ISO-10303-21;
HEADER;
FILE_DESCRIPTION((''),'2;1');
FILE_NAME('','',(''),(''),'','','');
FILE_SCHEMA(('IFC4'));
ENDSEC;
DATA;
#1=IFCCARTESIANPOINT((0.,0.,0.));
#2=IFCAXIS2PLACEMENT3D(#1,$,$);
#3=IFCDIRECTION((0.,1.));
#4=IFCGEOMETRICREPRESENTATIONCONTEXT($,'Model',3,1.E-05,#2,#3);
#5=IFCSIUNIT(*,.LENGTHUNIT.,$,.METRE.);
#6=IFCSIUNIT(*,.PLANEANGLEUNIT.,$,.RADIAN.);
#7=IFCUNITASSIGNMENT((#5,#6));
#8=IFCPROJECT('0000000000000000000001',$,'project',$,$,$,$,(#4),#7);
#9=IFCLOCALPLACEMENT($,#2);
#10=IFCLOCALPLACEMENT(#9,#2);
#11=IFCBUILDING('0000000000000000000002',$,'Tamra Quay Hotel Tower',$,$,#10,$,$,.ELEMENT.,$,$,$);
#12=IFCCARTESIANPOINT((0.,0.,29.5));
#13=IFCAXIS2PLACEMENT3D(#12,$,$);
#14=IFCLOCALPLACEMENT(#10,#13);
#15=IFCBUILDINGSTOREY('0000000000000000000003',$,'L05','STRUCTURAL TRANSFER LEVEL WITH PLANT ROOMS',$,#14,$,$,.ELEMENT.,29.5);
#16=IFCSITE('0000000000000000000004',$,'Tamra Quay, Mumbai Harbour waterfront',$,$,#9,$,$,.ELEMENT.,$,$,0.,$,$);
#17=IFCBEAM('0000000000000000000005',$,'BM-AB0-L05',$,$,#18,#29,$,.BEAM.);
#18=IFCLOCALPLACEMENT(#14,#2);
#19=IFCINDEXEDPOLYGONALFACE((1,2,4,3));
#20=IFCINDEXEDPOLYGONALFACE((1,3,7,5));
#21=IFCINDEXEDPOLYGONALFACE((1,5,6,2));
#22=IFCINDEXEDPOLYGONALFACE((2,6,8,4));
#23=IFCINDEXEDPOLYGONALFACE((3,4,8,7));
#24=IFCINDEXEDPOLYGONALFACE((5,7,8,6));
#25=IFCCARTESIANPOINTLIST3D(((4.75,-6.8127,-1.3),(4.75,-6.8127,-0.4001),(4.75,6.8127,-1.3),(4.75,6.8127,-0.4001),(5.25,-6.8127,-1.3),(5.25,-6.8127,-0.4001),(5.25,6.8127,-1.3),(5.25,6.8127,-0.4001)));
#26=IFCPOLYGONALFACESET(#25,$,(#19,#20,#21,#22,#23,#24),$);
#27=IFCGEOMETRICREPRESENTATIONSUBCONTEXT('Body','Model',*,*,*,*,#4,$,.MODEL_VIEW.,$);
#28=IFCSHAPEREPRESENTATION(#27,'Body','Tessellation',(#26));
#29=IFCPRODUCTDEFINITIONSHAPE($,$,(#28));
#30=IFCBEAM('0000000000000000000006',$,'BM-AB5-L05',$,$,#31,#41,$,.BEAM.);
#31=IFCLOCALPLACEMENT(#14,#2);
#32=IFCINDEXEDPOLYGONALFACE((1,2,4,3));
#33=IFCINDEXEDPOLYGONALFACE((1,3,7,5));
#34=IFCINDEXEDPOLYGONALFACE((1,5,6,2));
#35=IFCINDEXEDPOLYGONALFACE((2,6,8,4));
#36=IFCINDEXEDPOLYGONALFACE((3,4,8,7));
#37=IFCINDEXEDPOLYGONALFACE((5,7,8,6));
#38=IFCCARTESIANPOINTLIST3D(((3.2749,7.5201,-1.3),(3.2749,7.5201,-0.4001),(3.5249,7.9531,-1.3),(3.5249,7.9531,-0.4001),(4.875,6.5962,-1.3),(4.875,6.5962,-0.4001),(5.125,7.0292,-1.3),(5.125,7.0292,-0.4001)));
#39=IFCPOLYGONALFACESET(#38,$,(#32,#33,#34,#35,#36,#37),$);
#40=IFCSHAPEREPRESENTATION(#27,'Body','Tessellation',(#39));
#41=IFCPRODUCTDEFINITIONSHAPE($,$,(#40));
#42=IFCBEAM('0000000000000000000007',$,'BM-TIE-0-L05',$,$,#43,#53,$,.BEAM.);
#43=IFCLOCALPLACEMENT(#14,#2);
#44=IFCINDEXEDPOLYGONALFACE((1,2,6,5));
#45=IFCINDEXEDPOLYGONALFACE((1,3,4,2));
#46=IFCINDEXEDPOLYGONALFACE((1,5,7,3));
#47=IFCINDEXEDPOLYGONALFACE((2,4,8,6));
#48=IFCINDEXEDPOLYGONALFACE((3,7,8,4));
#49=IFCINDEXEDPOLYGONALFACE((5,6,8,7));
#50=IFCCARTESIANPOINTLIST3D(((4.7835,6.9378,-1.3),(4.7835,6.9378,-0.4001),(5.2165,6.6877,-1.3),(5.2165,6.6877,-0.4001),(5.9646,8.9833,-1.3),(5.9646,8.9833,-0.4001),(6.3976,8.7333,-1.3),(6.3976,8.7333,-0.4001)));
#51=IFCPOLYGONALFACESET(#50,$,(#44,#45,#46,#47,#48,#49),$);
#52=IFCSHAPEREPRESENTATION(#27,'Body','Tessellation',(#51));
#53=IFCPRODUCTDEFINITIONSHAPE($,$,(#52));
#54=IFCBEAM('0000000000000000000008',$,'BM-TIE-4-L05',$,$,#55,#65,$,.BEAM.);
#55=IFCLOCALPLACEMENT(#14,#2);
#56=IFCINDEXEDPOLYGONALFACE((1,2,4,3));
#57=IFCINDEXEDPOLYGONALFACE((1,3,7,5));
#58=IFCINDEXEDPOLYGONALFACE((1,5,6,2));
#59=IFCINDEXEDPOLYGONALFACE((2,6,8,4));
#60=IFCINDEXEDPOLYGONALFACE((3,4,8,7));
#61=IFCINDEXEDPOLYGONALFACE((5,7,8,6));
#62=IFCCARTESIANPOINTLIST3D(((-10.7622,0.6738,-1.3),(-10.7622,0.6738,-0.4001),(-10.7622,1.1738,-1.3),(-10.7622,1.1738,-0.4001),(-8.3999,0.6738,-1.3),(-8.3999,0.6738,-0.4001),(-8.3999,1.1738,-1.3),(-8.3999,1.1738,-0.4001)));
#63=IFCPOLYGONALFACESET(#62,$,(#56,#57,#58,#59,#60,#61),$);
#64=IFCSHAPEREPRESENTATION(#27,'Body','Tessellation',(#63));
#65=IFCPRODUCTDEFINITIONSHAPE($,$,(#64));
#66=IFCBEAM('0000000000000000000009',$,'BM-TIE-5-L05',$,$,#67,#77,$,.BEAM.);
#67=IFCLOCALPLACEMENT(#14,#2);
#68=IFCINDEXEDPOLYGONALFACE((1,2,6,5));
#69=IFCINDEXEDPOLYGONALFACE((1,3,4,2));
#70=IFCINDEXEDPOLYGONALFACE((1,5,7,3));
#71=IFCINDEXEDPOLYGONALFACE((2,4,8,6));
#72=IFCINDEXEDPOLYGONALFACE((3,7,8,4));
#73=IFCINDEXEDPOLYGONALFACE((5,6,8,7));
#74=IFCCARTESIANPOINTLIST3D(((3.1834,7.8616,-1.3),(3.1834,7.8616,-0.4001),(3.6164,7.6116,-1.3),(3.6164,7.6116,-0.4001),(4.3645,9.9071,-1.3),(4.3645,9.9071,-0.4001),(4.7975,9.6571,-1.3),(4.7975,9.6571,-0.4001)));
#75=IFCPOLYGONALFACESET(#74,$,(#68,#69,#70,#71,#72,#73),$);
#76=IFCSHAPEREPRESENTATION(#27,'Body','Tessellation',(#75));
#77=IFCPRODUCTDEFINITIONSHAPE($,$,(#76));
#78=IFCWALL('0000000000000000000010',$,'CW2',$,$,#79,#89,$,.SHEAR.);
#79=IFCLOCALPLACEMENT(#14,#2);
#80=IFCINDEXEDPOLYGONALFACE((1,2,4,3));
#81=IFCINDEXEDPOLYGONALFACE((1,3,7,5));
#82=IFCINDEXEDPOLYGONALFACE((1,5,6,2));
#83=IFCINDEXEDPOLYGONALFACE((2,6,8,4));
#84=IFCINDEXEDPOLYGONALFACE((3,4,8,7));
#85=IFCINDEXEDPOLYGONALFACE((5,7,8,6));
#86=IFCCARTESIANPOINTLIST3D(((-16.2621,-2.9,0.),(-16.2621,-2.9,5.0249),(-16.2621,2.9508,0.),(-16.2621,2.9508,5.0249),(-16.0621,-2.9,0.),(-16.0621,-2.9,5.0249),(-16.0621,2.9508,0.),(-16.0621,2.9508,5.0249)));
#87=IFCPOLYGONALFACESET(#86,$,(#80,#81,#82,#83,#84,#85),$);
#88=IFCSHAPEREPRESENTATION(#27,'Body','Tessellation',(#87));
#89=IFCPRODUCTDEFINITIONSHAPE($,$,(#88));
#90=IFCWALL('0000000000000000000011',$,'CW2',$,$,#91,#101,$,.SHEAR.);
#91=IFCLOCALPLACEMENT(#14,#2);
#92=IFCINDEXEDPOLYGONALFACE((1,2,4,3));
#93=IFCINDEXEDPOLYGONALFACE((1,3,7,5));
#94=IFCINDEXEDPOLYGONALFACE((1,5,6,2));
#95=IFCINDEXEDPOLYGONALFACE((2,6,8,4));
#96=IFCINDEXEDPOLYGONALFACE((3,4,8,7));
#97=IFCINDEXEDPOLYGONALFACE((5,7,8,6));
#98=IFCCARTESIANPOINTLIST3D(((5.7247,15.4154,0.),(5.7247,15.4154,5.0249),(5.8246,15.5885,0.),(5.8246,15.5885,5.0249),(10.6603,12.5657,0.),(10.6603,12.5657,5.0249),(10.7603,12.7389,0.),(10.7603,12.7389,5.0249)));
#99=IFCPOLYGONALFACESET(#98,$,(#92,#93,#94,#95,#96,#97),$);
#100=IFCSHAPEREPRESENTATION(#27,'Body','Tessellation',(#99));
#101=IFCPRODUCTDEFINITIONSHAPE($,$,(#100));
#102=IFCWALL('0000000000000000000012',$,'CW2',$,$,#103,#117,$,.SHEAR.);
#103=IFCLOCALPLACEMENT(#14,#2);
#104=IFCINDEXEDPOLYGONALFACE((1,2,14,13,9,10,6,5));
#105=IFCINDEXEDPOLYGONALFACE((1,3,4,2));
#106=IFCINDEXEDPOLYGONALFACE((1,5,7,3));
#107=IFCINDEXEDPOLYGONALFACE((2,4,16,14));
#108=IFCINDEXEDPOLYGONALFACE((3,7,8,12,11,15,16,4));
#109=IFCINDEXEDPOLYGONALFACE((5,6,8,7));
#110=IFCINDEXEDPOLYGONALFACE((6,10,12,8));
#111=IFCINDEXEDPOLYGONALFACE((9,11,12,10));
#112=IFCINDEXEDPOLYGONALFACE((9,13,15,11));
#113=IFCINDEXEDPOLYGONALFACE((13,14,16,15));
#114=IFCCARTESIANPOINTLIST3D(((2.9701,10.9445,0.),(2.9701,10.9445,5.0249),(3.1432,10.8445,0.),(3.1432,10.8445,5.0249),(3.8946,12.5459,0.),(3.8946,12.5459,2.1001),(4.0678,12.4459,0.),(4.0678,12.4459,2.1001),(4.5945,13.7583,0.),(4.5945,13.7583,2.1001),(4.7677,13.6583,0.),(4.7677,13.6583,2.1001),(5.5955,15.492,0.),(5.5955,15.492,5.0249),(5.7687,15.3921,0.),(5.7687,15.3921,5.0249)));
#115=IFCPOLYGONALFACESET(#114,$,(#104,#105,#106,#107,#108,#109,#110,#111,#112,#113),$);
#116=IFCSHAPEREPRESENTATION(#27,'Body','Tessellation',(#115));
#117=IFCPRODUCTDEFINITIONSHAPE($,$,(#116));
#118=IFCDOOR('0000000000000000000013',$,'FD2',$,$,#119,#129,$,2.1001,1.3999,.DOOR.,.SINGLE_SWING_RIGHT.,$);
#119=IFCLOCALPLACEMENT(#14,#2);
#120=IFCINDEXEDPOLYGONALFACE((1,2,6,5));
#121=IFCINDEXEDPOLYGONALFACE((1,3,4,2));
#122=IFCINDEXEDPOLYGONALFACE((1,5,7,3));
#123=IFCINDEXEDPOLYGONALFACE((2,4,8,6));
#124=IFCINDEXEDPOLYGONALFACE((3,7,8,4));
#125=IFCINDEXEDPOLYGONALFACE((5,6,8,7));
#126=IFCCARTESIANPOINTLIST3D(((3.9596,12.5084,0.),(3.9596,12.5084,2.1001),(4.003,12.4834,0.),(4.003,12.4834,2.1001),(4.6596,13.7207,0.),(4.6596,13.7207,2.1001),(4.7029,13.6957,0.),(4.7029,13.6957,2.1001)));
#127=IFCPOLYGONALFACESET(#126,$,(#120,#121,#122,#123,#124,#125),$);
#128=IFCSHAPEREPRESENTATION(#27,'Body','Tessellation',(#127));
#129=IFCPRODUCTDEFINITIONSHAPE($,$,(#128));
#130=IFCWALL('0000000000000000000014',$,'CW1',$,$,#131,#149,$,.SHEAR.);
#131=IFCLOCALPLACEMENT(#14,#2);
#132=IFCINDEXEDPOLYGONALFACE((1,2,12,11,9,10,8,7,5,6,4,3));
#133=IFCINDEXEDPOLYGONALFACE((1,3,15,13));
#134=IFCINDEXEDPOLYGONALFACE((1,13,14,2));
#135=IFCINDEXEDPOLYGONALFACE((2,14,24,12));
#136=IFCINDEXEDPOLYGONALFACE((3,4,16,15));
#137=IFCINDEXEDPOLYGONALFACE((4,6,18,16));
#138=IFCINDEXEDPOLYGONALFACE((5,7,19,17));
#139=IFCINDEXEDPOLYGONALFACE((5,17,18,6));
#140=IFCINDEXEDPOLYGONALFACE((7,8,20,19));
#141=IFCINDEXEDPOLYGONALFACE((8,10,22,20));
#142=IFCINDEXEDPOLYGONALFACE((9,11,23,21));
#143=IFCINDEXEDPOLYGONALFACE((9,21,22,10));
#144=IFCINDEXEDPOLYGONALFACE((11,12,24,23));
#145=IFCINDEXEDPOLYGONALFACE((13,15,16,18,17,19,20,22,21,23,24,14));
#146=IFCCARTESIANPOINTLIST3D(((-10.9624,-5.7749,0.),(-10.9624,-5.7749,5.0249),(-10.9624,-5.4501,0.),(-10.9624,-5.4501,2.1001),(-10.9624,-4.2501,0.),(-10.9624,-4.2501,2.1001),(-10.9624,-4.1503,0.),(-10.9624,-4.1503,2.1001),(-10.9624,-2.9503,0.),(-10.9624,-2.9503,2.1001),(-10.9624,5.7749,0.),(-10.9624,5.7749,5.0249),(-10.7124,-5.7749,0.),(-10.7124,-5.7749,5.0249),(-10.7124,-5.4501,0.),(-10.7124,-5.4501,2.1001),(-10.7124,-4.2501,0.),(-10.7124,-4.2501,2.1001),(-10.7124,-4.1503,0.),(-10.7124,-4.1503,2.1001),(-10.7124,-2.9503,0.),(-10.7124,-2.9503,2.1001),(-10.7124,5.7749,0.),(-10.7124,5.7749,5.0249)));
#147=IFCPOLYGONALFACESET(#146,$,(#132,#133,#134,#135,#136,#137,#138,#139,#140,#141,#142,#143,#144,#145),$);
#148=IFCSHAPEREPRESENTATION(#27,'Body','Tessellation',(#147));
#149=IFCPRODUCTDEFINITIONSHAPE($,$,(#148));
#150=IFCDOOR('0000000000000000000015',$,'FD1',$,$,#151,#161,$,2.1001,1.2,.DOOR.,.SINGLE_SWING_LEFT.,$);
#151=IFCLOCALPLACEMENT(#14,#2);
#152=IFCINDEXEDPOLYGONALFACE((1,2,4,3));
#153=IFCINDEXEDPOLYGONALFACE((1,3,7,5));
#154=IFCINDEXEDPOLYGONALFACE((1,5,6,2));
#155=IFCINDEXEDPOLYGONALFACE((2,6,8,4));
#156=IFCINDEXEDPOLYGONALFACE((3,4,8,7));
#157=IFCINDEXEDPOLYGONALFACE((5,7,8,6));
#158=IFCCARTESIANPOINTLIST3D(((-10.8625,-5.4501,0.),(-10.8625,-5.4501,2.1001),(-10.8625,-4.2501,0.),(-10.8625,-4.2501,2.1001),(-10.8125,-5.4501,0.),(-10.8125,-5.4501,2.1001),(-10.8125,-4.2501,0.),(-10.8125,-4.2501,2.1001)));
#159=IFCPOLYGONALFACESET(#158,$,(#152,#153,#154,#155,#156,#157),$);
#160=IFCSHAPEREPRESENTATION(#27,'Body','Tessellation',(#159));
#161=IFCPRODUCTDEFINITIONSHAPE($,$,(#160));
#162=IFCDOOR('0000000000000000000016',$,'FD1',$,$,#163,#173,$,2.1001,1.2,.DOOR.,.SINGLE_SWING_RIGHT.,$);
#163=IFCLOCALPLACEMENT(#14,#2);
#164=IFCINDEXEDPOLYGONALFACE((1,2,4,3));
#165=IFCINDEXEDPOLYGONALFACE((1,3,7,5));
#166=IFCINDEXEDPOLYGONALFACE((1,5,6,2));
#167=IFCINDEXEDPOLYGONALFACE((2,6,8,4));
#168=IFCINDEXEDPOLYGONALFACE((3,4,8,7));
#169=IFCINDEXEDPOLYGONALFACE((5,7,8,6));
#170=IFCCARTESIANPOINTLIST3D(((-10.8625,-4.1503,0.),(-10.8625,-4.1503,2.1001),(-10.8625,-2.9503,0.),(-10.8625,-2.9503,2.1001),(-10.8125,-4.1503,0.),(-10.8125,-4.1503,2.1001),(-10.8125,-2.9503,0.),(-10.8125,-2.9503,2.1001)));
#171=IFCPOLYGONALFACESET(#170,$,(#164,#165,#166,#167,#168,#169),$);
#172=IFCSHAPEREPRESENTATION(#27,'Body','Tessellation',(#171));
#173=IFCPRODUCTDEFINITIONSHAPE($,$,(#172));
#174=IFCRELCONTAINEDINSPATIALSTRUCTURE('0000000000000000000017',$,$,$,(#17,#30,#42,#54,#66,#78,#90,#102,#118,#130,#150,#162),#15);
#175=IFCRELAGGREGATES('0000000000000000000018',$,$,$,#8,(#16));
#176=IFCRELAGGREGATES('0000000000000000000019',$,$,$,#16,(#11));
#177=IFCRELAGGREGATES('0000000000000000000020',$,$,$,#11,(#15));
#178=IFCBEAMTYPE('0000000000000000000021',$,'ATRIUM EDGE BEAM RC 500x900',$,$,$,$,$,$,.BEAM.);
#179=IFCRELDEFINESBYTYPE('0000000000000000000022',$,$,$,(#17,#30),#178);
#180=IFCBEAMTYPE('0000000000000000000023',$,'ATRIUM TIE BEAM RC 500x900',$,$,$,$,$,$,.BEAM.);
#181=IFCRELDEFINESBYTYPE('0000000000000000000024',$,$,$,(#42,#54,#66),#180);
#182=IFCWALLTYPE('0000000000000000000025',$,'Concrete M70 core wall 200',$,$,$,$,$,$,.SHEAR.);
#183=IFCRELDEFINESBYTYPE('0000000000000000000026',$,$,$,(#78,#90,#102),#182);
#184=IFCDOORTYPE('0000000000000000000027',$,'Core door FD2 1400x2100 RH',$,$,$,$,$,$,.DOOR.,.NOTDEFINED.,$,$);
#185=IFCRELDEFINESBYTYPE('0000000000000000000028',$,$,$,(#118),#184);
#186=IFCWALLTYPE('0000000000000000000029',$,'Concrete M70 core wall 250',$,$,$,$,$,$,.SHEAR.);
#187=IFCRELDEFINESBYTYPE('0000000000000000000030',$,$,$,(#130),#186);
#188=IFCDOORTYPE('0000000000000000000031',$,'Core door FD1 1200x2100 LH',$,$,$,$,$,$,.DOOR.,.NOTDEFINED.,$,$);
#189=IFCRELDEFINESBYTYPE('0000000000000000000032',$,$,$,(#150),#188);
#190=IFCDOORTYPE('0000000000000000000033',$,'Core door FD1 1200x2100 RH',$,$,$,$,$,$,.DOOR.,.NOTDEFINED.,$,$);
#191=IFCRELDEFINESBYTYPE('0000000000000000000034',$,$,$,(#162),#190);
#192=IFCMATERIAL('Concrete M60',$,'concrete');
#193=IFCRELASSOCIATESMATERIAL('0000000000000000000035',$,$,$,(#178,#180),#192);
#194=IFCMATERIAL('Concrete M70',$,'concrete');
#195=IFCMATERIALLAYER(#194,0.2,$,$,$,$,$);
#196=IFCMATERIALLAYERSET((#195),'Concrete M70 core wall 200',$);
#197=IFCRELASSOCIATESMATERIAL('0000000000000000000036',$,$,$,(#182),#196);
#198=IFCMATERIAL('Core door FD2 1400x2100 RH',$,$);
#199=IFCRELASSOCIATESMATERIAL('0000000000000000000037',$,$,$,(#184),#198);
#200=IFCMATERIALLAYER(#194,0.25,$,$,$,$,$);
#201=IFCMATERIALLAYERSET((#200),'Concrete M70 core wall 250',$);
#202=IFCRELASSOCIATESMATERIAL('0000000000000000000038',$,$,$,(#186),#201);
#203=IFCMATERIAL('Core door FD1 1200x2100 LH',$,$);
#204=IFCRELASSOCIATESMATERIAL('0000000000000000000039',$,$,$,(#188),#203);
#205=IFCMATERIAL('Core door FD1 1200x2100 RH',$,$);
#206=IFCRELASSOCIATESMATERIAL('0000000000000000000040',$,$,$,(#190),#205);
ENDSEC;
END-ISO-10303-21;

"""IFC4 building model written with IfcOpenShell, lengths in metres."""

from ifc_helpers import new_model, si_unit, direction, frame, frame_2d, origin, origin_2d, place, context, subcontext, project, spatial, rectangle, extrude, material, layer, layer_set, material_profile, profile_set, type_object, element, fill, save


model = new_model("IFC4")

# Units and contexts
model_context = context("Model", 3, precision=1e-05, world=origin(), true_north=direction((0.0, 1.0)))
body_context = subcontext(model_context, "Body", "Model", "MODEL_VIEW")
ifc_project = project(units=[si_unit("LENGTHUNIT", "METRE"), si_unit("PLANEANGLEUNIT", "RADIAN")], contexts=[model_context])

# Site, building, storey
site_placement = place(None, origin())
site = spatial("IfcSite", under=ifc_project, at=site_placement, Name="Tamra Quay, Mumbai Harbour waterfront", CompositionType="ELEMENT", RefElevation=0.0)
building_placement = place(site_placement, origin())
building = spatial("IfcBuilding", under=site, at=building_placement, Name="Tamra Quay Hotel Tower", CompositionType="ELEMENT")
storey_placement = place(building_placement, frame((0.0, 0.0, 29.5)))
storey = spatial("IfcBuildingStorey", under=building, at=storey_placement, Name="L05", Description="STRUCTURAL TRANSFER LEVEL WITH PLANT ROOMS", CompositionType="ELEMENT", Elevation=29.5)

# Beams
ifc_material_1 = material(Name="Concrete M60", Category="concrete")
ifc_material_profile_1 = material_profile(ifc_material_1, rectangle(XDim=0.5, YDim=0.8999, at=origin_2d()), Name="ATRIUM EDGE BEAM RC 500x900")
ifc_profile_set_1 = profile_set([ifc_material_profile_1], Name="Concrete M60")
beam_type_1 = type_object("IfcBeamType", Name="ATRIUM EDGE BEAM RC 500x900", PredefinedType="BEAM", material=ifc_profile_set_1)
beam_1_placement = place(storey_placement, frame((5.0, 6.8127, -0.8501), z_axis=(0.0, -1.0, 0.0), x_axis=(1.0, 0.0, 0.0)))
element("IfcBeam", 1, at=beam_1_placement, inside=storey, type_object=beam_type_1, Name="BM-AB0-L05", PredefinedType="BEAM", context=body_context, shape_type="SweptSolid", body=[
    extrude(rectangle(XDim=0.5, YDim=0.8999, at=origin_2d()), origin(), (0.0, 0.0, 1.0), 13.6255),
])
beam_2_placement = place(storey_placement, frame((3.3999, 7.7366, -0.8501), z_axis=(0.866023, -0.500005, 0.0), x_axis=(0.500005, 0.866023, 0.0)))
element("IfcBeam", 2, at=beam_2_placement, inside=storey, type_object=beam_type_1, Name="BM-AB5-L05", PredefinedType="BEAM", context=body_context, shape_type="SweptSolid", body=[
    extrude(rectangle(XDim=0.5, YDim=0.8999, at=origin_2d()), origin(), (0.0, 0.0, 1.0), 1.8477),
])
ifc_material_profile_2 = material_profile(ifc_material_1, rectangle(XDim=0.5, YDim=0.8999, at=origin_2d()), Name="ATRIUM TIE BEAM RC 500x900")
ifc_profile_set_2 = profile_set([ifc_material_profile_2], Name="Concrete M60")
beam_type_2 = type_object("IfcBeamType", Name="ATRIUM TIE BEAM RC 500x900", PredefinedType="BEAM", material=ifc_profile_set_2)
beam_3_placement = place(storey_placement, frame((5.0, 6.8127, -0.8501), z_axis=(0.50003, 0.866008, 0.0), x_axis=(-0.866008, 0.50003, 0.0)))
element("IfcBeam", 3, at=beam_3_placement, inside=storey, type_object=beam_type_2, Name="BM-TIE-0-L05", PredefinedType="BEAM", context=body_context, shape_type="SweptSolid", body=[
    extrude(rectangle(XDim=0.5, YDim=0.8999, at=origin_2d()), origin(), (0.0, 0.0, 1.0), 2.3621),
])
beam_4_placement = place(storey_placement, frame((-8.3999, 0.9238, -0.8501), z_axis=(-1.0, 0.0, 0.0), x_axis=(0.0, -1.0, 0.0)))
element("IfcBeam", 4, at=beam_4_placement, inside=storey, type_object=beam_type_2, Name="BM-TIE-4-L05", PredefinedType="BEAM", context=body_context, shape_type="SweptSolid", body=[
    extrude(rectangle(XDim=0.5, YDim=0.8999, at=origin_2d()), origin(), (0.0, 0.0, 1.0), 2.3623),
])
beam_5_placement = place(storey_placement, frame((3.3999, 7.7366, -0.8501), z_axis=(0.50003, 0.866008, 0.0), x_axis=(-0.866008, 0.50003, 0.0)))
element("IfcBeam", 5, at=beam_5_placement, inside=storey, type_object=beam_type_2, Name="BM-TIE-5-L05", PredefinedType="BEAM", context=body_context, shape_type="SweptSolid", body=[
    extrude(rectangle(XDim=0.5, YDim=0.8999, at=origin_2d()), origin(), (0.0, 0.0, 1.0), 2.3621),
])

# Walls
ifc_material_2 = material(Name="Concrete M70", Category="concrete")
ifc_layer_1 = layer(ifc_material_2, 0.2)
ifc_layer_set_1 = layer_set([ifc_layer_1], Name="Concrete M70 core wall 200")
wall_type_1 = type_object("IfcWallType", Name="Concrete M70 core wall 200", PredefinedType="SHEAR", material=ifc_layer_set_1)
wall_1_placement = place(storey_placement, frame((-16.1621, 2.9507, 0.0), z_axis=(0.0, 0.0, 1.0), x_axis=(0.0, -1.0, 0.0)))
element("IfcWall", 6, at=wall_1_placement, inside=storey, type_object=wall_type_1, Name="CW2", PredefinedType="SHEAR", context=body_context, shape_type="SweptSolid", body=[
    extrude(rectangle(XDim=5.8508, YDim=0.2, at=frame_2d((2.9253, 0.0))), origin(), (0.0, 0.0, 1.0), 5.0249),
])
wall_2_placement = place(storey_placement, frame((5.7747, 15.502, 0.0), z_axis=(0.0, 0.0, 1.0), x_axis=(0.86602, -0.500009, 0.0)))
element("IfcWall", 7, at=wall_2_placement, inside=storey, type_object=wall_type_1, Name="CW2", PredefinedType="SHEAR", context=body_context, shape_type="SweptSolid", body=[
    extrude(rectangle(XDim=5.6992, YDim=0.2, at=frame_2d((2.8496, 0.0))), origin(), (0.0, 0.0, 1.0), 5.0249),
])

# Wall, opening, door
wall_3_placement = place(storey_placement, frame((3.0566, 10.8945, 0.0), z_axis=(0.0, 0.0, 1.0), x_axis=(0.499989, 0.866032, 0.0)))
wall_3 = element("IfcWall", 8, at=wall_3_placement, inside=storey, type_object=wall_type_1, Name="CW2", PredefinedType="SHEAR", context=body_context, shape_type="SweptSolid", body=[
    extrude(rectangle(XDim=5.251, YDim=0.2, at=frame_2d((2.6255, 0.0))), origin(), (0.0, 0.0, 1.0), 5.0249),
])
opening_1_placement = place(wall_3_placement, frame((1.8491, 0.0, 0.0)))
opening_1 = element("IfcOpeningElement", 9, at=opening_1_placement, cuts=wall_3, PredefinedType="OPENING", context=body_context, shape_type="SweptSolid", body=[
    extrude(rectangle(XDim=1.3999, YDim=2.1001, at=frame_2d((0.7, 1.05))), frame((0.0, 0.1099, 0.0), z_axis=(0.0, -1.0, 0.0), x_axis=(1.0, 0.0, 0.0)), (0.0, 0.0, 1.0), 0.22),
])
ifc_material_3 = material(Name="Core door FD2 1400x2100 RH")
door_type_1 = type_object("IfcDoorType", Name="Core door FD2 1400x2100 RH", OperationType="NOTDEFINED", PredefinedType="DOOR", material=ifc_material_3)
door_1_placement = place(opening_1_placement, origin())
door_1 = element("IfcDoor", 10, at=door_1_placement, inside=storey, type_object=door_type_1, Name="FD2", OperationType="SINGLE_SWING_RIGHT", OverallHeight=2.1001, OverallWidth=1.3999, PredefinedType="DOOR", context=body_context, shape_type="SweptSolid", body=[
    extrude(rectangle(XDim=1.3999, YDim=2.1001, at=frame_2d((0.7, 1.05))), frame((0.0, 0.0249, 0.0), z_axis=(0.0, -1.0, 0.0), x_axis=(1.0, 0.0, 0.0)), (0.0, 0.0, 1.0), 0.05),
])
fill(opening_1, door_1)

# Wall, openings, doors
ifc_layer_2 = layer(ifc_material_2, 0.25)
ifc_layer_set_2 = layer_set([ifc_layer_2], Name="Concrete M70 core wall 250")
wall_type_2 = type_object("IfcWallType", Name="Concrete M70 core wall 250", PredefinedType="SHEAR", material=ifc_layer_set_2)
wall_4_placement = place(storey_placement, frame((-10.8374, 5.7749, 0.0), z_axis=(0.0, 0.0, 1.0), x_axis=(0.0, -1.0, 0.0)))
wall_4 = element("IfcWall", 11, at=wall_4_placement, inside=storey, type_object=wall_type_2, Name="CW1", PredefinedType="SHEAR", context=body_context, shape_type="SweptSolid", body=[
    extrude(rectangle(XDim=11.5498, YDim=0.25, at=frame_2d((5.7749, 0.0))), origin(), (0.0, 0.0, 1.0), 5.0249),
])
opening_2_placement = place(wall_4_placement, frame((10.0249, 0.0, 0.0)))
opening_2 = element("IfcOpeningElement", 12, at=opening_2_placement, cuts=wall_4, PredefinedType="OPENING", context=body_context, shape_type="SweptSolid", body=[
    extrude(rectangle(XDim=1.2, YDim=2.1001, at=frame_2d((0.6001, 1.05))), frame((0.0, 0.135, 0.0), z_axis=(0.0, -1.0, 0.0), x_axis=(1.0, 0.0, 0.0)), (0.0, 0.0, 1.0), 0.27),
])
opening_3_placement = place(wall_4_placement, frame((8.7251, 0.0, 0.0)))
opening_3 = element("IfcOpeningElement", 13, at=opening_3_placement, cuts=wall_4, PredefinedType="OPENING", context=body_context, shape_type="SweptSolid", body=[
    extrude(rectangle(XDim=1.2, YDim=2.1001, at=frame_2d((0.6001, 1.05))), frame((0.0, 0.135, 0.0), z_axis=(0.0, -1.0, 0.0), x_axis=(1.0, 0.0, 0.0)), (0.0, 0.0, 1.0), 0.27),
])
ifc_material_4 = material(Name="Core door FD1 1200x2100 LH")
door_type_2 = type_object("IfcDoorType", Name="Core door FD1 1200x2100 LH", OperationType="NOTDEFINED", PredefinedType="DOOR", material=ifc_material_4)
door_2_placement = place(opening_2_placement, origin())
door_2 = element("IfcDoor", 14, at=door_2_placement, inside=storey, type_object=door_type_2, Name="FD1", OperationType="SINGLE_SWING_LEFT", OverallHeight=2.1001, OverallWidth=1.2, PredefinedType="DOOR", context=body_context, shape_type="SweptSolid", body=[
    extrude(rectangle(XDim=1.2, YDim=2.1001, at=frame_2d((0.6001, 1.05))), frame((0.0, 0.0249, 0.0), z_axis=(0.0, -1.0, 0.0), x_axis=(1.0, 0.0, 0.0)), (0.0, 0.0, 1.0), 0.05),
])
fill(opening_2, door_2)
ifc_material_5 = material(Name="Core door FD1 1200x2100 RH")
door_type_3 = type_object("IfcDoorType", Name="Core door FD1 1200x2100 RH", OperationType="NOTDEFINED", PredefinedType="DOOR", material=ifc_material_5)
door_3_placement = place(opening_3_placement, origin())
door_3 = element("IfcDoor", 15, at=door_3_placement, inside=storey, type_object=door_type_3, Name="FD1", OperationType="SINGLE_SWING_RIGHT", OverallHeight=2.1001, OverallWidth=1.2, PredefinedType="DOOR", context=body_context, shape_type="SweptSolid", body=[
    extrude(rectangle(XDim=1.2, YDim=2.1001, at=frame_2d((0.6001, 1.05))), frame((0.0, 0.0249, 0.0), z_axis=(0.0, -1.0, 0.0), x_axis=(1.0, 0.0, 0.0)), (0.0, 0.0, 1.0), 0.05),
])
fill(opening_3, door_3)

save(model, "model.ifc")
